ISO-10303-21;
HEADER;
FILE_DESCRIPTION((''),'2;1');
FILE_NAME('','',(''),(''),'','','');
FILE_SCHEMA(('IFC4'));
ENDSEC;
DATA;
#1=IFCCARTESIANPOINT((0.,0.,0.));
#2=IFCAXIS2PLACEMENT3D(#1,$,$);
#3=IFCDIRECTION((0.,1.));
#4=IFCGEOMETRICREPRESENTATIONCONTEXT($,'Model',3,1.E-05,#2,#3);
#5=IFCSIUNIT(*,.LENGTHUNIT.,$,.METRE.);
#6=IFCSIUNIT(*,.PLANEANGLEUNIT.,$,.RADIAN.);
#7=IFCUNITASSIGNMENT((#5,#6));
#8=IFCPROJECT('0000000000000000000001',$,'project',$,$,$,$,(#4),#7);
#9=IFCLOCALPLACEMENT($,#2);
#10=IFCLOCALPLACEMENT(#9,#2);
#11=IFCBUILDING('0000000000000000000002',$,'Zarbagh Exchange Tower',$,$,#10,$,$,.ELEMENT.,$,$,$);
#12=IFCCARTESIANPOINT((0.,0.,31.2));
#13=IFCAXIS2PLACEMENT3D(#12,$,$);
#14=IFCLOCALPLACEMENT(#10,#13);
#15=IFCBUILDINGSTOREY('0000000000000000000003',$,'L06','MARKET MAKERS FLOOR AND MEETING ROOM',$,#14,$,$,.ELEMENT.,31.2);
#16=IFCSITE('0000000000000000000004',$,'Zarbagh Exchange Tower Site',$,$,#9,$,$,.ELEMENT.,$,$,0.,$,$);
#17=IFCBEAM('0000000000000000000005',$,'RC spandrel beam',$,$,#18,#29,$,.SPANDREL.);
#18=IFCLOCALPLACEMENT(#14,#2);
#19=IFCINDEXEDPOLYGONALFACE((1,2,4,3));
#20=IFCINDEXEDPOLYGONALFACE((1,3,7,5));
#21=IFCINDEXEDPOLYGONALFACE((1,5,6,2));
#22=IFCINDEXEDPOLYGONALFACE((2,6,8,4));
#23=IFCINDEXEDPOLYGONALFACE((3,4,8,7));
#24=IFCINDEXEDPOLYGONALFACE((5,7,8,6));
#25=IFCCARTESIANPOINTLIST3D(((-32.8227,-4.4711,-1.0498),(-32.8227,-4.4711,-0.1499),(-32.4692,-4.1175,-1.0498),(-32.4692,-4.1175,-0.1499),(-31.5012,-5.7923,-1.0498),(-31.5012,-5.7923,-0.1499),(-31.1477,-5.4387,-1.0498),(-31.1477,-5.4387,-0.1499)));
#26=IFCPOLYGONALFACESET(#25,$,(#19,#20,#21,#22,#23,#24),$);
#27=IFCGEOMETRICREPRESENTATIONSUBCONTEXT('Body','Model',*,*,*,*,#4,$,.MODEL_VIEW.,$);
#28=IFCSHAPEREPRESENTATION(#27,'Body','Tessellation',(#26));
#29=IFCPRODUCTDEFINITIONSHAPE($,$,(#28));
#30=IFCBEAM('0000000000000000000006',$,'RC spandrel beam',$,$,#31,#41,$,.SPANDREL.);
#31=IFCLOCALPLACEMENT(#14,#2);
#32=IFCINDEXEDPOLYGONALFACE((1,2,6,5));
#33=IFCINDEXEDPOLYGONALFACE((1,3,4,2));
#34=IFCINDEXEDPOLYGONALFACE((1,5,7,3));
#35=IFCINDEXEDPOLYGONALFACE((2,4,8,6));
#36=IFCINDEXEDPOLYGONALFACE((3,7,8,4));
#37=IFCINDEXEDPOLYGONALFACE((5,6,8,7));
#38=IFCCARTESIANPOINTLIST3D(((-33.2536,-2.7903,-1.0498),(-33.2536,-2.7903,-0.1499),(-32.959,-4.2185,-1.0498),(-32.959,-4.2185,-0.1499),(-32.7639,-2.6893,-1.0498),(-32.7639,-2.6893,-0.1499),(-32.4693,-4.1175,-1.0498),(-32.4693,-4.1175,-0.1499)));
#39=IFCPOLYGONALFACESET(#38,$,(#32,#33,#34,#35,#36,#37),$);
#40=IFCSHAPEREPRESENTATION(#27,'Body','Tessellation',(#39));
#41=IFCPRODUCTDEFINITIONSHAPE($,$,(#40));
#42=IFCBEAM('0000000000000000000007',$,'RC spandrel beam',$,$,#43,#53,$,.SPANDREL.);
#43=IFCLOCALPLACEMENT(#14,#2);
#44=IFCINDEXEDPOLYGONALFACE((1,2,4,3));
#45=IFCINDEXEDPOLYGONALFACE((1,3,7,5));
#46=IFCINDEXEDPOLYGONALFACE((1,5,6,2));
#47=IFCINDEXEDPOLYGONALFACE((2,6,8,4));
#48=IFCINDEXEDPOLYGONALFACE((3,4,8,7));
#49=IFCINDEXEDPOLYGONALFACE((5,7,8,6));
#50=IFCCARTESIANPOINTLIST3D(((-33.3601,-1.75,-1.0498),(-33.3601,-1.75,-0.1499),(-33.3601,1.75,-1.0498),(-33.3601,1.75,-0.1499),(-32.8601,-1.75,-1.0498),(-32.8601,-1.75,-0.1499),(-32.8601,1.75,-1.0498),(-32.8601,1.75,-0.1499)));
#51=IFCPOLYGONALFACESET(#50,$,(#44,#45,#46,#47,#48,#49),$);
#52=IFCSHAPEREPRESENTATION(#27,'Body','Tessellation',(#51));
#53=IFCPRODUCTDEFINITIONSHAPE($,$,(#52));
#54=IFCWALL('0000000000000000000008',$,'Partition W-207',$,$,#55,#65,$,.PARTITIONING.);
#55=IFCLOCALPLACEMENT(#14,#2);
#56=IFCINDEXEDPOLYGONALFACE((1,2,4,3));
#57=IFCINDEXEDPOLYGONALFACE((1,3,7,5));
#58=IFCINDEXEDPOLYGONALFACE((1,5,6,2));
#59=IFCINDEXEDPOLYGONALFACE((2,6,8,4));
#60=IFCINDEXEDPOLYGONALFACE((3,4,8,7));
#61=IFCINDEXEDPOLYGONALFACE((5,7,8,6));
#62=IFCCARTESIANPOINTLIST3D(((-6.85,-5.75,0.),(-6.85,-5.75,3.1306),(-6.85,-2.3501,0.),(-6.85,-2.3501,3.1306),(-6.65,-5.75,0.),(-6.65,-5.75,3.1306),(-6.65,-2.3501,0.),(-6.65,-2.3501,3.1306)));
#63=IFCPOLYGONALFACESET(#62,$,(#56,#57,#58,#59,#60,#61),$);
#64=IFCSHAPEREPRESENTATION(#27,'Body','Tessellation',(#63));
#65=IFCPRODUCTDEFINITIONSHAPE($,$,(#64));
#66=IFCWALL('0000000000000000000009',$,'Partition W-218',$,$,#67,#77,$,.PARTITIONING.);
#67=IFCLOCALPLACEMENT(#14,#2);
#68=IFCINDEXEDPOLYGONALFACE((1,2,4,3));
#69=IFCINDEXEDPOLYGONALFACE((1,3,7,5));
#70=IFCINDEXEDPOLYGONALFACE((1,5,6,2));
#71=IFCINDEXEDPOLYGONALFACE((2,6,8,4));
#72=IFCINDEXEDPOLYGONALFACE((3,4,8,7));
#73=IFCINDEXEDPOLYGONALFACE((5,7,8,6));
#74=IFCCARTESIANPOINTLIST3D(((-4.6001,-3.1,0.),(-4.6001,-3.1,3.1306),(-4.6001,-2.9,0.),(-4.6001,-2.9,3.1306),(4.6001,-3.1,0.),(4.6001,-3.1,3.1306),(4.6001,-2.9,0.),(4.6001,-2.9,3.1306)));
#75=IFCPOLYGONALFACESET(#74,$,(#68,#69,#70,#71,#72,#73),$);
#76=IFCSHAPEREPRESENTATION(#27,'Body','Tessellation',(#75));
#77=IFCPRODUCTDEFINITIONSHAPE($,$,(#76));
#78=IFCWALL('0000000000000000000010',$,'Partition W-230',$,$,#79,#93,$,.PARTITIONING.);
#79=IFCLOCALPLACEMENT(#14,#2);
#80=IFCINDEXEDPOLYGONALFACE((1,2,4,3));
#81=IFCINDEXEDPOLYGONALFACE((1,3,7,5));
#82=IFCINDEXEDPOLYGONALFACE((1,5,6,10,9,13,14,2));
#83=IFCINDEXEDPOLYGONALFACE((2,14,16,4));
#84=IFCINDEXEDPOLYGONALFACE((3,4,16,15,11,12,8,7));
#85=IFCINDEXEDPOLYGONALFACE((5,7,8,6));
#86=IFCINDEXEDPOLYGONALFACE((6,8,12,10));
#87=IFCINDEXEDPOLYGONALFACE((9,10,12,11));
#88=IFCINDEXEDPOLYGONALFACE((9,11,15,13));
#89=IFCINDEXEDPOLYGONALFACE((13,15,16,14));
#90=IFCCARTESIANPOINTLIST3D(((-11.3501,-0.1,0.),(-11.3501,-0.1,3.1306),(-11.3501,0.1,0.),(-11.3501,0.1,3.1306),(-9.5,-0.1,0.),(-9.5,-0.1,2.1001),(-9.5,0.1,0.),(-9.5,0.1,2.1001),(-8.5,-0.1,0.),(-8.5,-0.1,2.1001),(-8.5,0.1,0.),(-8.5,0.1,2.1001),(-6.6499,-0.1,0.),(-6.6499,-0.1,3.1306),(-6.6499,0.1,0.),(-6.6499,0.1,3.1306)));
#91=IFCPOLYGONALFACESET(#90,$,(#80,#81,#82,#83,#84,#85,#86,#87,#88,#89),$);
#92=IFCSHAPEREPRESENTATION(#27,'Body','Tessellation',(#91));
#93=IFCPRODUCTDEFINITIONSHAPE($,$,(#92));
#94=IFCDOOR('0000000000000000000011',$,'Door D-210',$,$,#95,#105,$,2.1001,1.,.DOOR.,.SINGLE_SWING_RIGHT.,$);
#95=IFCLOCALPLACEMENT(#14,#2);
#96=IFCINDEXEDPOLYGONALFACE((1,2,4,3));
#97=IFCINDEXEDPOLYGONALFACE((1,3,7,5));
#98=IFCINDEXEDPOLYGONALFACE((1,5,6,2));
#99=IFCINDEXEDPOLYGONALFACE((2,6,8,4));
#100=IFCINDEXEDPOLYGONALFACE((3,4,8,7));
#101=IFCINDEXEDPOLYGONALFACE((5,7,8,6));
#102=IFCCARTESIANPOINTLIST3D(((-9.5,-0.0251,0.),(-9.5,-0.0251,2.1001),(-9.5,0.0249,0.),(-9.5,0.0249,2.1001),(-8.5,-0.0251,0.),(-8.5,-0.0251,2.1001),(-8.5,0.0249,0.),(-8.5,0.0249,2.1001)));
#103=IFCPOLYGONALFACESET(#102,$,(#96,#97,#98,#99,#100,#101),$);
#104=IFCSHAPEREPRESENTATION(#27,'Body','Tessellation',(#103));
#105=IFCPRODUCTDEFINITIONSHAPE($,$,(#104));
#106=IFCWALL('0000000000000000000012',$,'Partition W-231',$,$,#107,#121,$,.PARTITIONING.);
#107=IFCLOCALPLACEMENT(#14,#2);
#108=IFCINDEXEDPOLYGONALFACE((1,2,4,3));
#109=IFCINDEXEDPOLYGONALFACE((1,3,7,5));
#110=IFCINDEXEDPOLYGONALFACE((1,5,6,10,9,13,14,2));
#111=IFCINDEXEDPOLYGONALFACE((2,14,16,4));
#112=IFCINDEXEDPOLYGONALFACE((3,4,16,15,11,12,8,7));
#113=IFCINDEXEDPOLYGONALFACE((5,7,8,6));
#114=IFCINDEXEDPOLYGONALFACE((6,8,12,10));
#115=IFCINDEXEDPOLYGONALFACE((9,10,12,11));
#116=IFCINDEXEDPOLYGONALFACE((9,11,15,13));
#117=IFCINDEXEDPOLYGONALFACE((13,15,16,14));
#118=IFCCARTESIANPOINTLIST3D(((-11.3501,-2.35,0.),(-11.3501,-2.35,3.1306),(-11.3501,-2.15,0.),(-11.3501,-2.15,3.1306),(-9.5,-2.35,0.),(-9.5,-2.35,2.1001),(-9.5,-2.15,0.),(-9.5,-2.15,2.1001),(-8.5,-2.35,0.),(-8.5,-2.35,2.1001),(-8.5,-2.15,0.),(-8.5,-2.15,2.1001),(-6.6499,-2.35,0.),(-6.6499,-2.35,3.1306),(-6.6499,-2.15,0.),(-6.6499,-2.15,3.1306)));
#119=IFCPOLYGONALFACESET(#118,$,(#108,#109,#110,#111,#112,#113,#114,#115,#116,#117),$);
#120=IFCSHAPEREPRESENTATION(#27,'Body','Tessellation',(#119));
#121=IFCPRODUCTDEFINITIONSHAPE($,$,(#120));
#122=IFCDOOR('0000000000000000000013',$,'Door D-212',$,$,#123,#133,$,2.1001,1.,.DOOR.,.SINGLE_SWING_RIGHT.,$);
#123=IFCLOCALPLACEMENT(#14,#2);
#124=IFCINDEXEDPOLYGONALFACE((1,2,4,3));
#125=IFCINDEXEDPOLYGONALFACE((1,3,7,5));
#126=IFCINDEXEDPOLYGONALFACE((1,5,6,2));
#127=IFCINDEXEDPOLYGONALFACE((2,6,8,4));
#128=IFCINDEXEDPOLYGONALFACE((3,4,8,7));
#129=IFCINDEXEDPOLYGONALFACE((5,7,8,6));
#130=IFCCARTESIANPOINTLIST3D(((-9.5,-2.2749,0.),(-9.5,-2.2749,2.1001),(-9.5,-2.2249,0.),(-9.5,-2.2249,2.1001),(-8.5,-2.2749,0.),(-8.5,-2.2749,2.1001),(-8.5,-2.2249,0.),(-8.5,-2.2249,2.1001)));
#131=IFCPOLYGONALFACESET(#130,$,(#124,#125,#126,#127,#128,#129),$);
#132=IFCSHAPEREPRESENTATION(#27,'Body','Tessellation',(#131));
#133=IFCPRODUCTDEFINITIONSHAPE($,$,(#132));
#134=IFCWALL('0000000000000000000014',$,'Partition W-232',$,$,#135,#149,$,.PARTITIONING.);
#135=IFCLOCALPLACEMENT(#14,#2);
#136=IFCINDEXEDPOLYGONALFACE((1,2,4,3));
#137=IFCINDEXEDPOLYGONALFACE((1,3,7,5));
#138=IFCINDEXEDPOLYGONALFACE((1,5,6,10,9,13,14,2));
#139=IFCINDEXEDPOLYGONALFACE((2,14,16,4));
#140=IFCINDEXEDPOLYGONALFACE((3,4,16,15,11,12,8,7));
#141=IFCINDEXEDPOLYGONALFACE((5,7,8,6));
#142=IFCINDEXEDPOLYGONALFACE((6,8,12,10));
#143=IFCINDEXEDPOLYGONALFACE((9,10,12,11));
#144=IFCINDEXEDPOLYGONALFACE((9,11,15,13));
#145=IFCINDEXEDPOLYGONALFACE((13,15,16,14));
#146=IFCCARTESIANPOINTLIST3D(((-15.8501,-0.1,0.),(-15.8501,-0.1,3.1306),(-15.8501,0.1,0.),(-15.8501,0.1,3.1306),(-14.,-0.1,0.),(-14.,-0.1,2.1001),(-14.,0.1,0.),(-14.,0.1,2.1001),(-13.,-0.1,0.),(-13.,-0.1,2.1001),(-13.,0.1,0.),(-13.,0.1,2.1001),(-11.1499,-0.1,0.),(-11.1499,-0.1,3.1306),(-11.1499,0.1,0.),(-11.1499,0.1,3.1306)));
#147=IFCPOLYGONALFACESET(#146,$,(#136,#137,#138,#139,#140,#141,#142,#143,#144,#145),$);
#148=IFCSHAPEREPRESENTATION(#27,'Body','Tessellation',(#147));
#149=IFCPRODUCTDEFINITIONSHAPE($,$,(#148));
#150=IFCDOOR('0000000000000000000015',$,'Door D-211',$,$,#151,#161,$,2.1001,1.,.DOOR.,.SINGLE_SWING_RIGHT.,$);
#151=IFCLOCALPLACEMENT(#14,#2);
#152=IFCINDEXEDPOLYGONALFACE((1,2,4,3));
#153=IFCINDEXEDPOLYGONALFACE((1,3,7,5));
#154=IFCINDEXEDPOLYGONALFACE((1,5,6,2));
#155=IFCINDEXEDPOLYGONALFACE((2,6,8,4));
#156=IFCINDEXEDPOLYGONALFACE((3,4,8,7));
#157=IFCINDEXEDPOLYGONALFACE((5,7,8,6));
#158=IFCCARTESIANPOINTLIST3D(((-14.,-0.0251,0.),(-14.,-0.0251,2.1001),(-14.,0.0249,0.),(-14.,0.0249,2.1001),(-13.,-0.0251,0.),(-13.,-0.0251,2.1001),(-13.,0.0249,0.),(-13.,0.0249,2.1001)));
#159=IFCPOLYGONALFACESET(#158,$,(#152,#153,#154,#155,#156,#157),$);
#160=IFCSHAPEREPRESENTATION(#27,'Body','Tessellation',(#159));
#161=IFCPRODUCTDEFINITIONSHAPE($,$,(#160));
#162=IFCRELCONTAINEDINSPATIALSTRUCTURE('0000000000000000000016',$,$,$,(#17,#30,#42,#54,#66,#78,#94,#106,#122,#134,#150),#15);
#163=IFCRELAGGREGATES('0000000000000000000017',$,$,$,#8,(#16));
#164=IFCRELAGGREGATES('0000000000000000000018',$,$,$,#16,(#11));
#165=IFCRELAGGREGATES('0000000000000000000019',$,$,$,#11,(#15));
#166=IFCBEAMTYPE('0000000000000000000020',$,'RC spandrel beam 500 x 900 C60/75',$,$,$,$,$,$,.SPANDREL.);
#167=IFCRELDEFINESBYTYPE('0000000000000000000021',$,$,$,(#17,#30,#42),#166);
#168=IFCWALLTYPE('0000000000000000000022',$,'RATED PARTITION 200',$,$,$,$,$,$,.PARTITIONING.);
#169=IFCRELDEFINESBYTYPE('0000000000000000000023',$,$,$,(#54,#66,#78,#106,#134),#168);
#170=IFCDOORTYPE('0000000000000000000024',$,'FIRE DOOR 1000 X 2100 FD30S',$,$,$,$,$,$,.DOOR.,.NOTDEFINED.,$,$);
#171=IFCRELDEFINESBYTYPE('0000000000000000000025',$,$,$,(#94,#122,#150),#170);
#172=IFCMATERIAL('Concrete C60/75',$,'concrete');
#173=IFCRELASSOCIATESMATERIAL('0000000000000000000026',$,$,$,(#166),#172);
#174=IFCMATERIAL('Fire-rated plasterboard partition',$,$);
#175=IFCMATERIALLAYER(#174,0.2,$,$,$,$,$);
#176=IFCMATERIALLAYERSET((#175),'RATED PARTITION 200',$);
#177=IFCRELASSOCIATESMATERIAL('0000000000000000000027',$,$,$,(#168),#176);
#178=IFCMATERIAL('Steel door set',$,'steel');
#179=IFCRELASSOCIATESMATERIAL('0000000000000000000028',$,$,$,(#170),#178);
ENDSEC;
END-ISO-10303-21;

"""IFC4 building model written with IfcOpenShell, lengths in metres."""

from ifc_helpers import new_model, si_unit, direction, frame, frame_2d, origin, origin_2d, place, context, subcontext, project, spatial, rectangle, extrude, material, layer, layer_set, material_profile, profile_set, type_object, element, fill, save


model = new_model("IFC4")

# Units and contexts
model_context = context("Model", 3, precision=1e-05, world=origin(), true_north=direction((0.0, 1.0)))
body_context = subcontext(model_context, "Body", "Model", "MODEL_VIEW")
ifc_project = project(units=[si_unit("LENGTHUNIT", "METRE"), si_unit("PLANEANGLEUNIT", "RADIAN")], contexts=[model_context])

# Site, building, storey
site_placement = place(None, origin())
site = spatial("IfcSite", under=ifc_project, at=site_placement, Name="Zarbagh Exchange Tower Site", CompositionType="ELEMENT", RefElevation=0.0)
building_placement = place(site_placement, origin())
building = spatial("IfcBuilding", under=site, at=building_placement, Name="Zarbagh Exchange Tower", CompositionType="ELEMENT")
storey_placement = place(building_placement, frame((0.0, 0.0, 31.2)))
storey = spatial("IfcBuildingStorey", under=building, at=storey_placement, Name="L06", Description="MARKET MAKERS FLOOR AND MEETING ROOM", CompositionType="ELEMENT", Elevation=31.2)

# Shared definitions
ifc_material_1 = material(Name="Concrete C60/75", Category="concrete")

# Beams
ifc_material_profile_1 = material_profile(ifc_material_1, rectangle(XDim=0.5, YDim=0.8999, at=origin_2d()), Name="RC spandrel beam 500 x 900 C60/75")
ifc_profile_set_1 = profile_set([ifc_material_profile_1], Name="Concrete C60/75")
beam_type_1 = type_object("IfcBeamType", Name="RC spandrel beam 500 x 900 C60/75", PredefinedType="SPANDREL", material=ifc_profile_set_1)
beam_1_placement = place(storey_placement, frame((-31.3245, -5.6155, -0.5999), z_axis=(-0.707172, 0.707041, 0.0), x_axis=(-0.707041, -0.707172, 0.0)))
element("IfcBeam", 1, at=beam_1_placement, inside=storey, type_object=beam_type_1, Name="RC spandrel beam", PredefinedType="SPANDREL", context=body_context, shape_type="SweptSolid", body=[
    extrude(rectangle(XDim=0.5, YDim=0.8999, at=origin_2d()), origin(), (0.0, 0.0, 1.0), 1.8687),
])
beam_2_placement = place(storey_placement, frame((-32.7141, -4.168, -0.5999), z_axis=(-0.202069, 0.979371, 0.0), x_axis=(-0.979371, -0.202069, 0.0)))
element("IfcBeam", 2, at=beam_2_placement, inside=storey, type_object=beam_type_1, Name="RC spandrel beam", PredefinedType="SPANDREL", context=body_context, shape_type="SweptSolid", body=[
    extrude(rectangle(XDim=0.5, YDim=0.8999, at=origin_2d()), origin(), (0.0, 0.0, 1.0), 1.4583),
])
beam_3_placement = place(storey_placement, frame((-33.1101, -1.75, -0.5999), z_axis=(0.0, 1.0, 0.0), x_axis=(-1.0, 0.0, 0.0)))
element("IfcBeam", 3, at=beam_3_placement, inside=storey, type_object=beam_type_1, Name="RC spandrel beam", PredefinedType="SPANDREL", context=body_context, shape_type="SweptSolid", body=[
    extrude(rectangle(XDim=0.5, YDim=0.8999, at=origin_2d()), origin(), (0.0, 0.0, 1.0), 3.5),
])

# Walls
ifc_material_2 = material(Name="Fire-rated plasterboard partition")
ifc_layer = layer(ifc_material_2, 0.2)
ifc_layer_set = layer_set([ifc_layer], Name="RATED PARTITION 200")
wall_type = type_object("IfcWallType", Name="RATED PARTITION 200", PredefinedType="PARTITIONING", material=ifc_layer_set)
wall_1_placement = place(storey_placement, frame((-6.75, -5.75, 0.0), z_axis=(0.0, 0.0, 1.0), x_axis=(0.0, 1.0, 0.0)))
element("IfcWall", 4, at=wall_1_placement, inside=storey, type_object=wall_type, Name="Partition W-207", PredefinedType="PARTITIONING", context=body_context, shape_type="SweptSolid", body=[
    extrude(rectangle(XDim=3.3999, YDim=0.2, at=frame_2d((1.7, 0.0))), origin(), (0.0, 0.0, 1.0), 3.1306),
])
wall_2_placement = place(storey_placement, frame((-4.6001, -3.0, 0.0), z_axis=(0.0, 0.0, 1.0), x_axis=(1.0, 0.0, 0.0)))
element("IfcWall", 5, at=wall_2_placement, inside=storey, type_object=wall_type, Name="Partition W-218", PredefinedType="PARTITIONING", context=body_context, shape_type="SweptSolid", body=[
    extrude(rectangle(XDim=9.2002, YDim=0.2, at=frame_2d((4.6001, 0.0))), origin(), (0.0, 0.0, 1.0), 3.1306),
])

# Walls, openings, doors
wall_3_placement = place(storey_placement, frame((-11.3501, 0.0, 0.0), z_axis=(0.0, 0.0, 1.0), x_axis=(1.0, 0.0, 0.0)))
wall_3 = element("IfcWall", 6, at=wall_3_placement, inside=storey, type_object=wall_type, Name="Partition W-230", PredefinedType="PARTITIONING", context=body_context, shape_type="SweptSolid", body=[
    extrude(rectangle(XDim=4.7002, YDim=0.2, at=frame_2d((2.3501, 0.0))), origin(), (0.0, 0.0, 1.0), 3.1306),
])
opening_1_placement = place(wall_3_placement, frame((1.8501, 0.0, 0.0)))
opening_1 = element("IfcOpeningElement", 7, at=opening_1_placement, cuts=wall_3, PredefinedType="OPENING", context=body_context, shape_type="SweptSolid", body=[
    extrude(rectangle(XDim=1.0, YDim=2.1001, at=frame_2d((0.5, 1.05))), frame((0.0, 0.1099, 0.0), z_axis=(0.0, -1.0, 0.0), x_axis=(1.0, 0.0, 0.0)), (0.0, 0.0, 1.0), 0.22),
])
ifc_material_3 = material(Name="Steel door set", Category="steel")
door_type = type_object("IfcDoorType", Name="FIRE DOOR 1000 X 2100 FD30S", OperationType="NOTDEFINED", PredefinedType="DOOR", material=ifc_material_3)
door_1_placement = place(opening_1_placement, origin())
door_1 = element("IfcDoor", 8, at=door_1_placement, inside=storey, type_object=door_type, Name="Door D-210", OperationType="SINGLE_SWING_RIGHT", OverallHeight=2.1001, OverallWidth=1.0, PredefinedType="DOOR", context=body_context, shape_type="SweptSolid", body=[
    extrude(rectangle(XDim=1.0, YDim=2.1001, at=frame_2d((0.5, 1.05))), frame((0.0, 0.0249, 0.0), z_axis=(0.0, -1.0, 0.0), x_axis=(1.0, 0.0, 0.0)), (0.0, 0.0, 1.0), 0.05),
])
fill(opening_1, door_1)
wall_4_placement = place(storey_placement, frame((-6.6499, -2.25, 0.0), z_axis=(0.0, 0.0, 1.0), x_axis=(-1.0, 0.0, 0.0)))
wall_4 = element("IfcWall", 9, at=wall_4_placement, inside=storey, type_object=wall_type, Name="Partition W-231", PredefinedType="PARTITIONING", context=body_context, shape_type="SweptSolid", body=[
    extrude(rectangle(XDim=4.7002, YDim=0.2, at=frame_2d((2.3501, 0.0))), origin(), (0.0, 0.0, 1.0), 3.1306),
])
opening_2_placement = place(wall_4_placement, frame((1.8501, 0.0, 0.0)))
opening_2 = element("IfcOpeningElement", 10, at=opening_2_placement, cuts=wall_4, PredefinedType="OPENING", context=body_context, shape_type="SweptSolid", body=[
    extrude(rectangle(XDim=1.0, YDim=2.1001, at=frame_2d((0.5, 1.05))), frame((0.0, 0.1099, 0.0), z_axis=(0.0, -1.0, 0.0), x_axis=(1.0, 0.0, 0.0)), (0.0, 0.0, 1.0), 0.22),
])
door_2_placement = place(opening_2_placement, origin())
door_2 = element("IfcDoor", 11, at=door_2_placement, inside=storey, type_object=door_type, Name="Door D-212", OperationType="SINGLE_SWING_RIGHT", OverallHeight=2.1001, OverallWidth=1.0, PredefinedType="DOOR", context=body_context, shape_type="SweptSolid", body=[
    extrude(rectangle(XDim=1.0, YDim=2.1001, at=frame_2d((0.5, 1.05))), frame((0.0, 0.0249, 0.0), z_axis=(0.0, -1.0, 0.0), x_axis=(1.0, 0.0, 0.0)), (0.0, 0.0, 1.0), 0.05),
])
fill(opening_2, door_2)
wall_5_placement = place(storey_placement, frame((-15.8501, 0.0, 0.0), z_axis=(0.0, 0.0, 1.0), x_axis=(1.0, 0.0, 0.0)))
wall_5 = element("IfcWall", 12, at=wall_5_placement, inside=storey, type_object=wall_type, Name="Partition W-232", PredefinedType="PARTITIONING", context=body_context, shape_type="SweptSolid", body=[
    extrude(rectangle(XDim=4.7002, YDim=0.2, at=frame_2d((2.3501, 0.0))), origin(), (0.0, 0.0, 1.0), 3.1306),
])
opening_3_placement = place(wall_5_placement, frame((1.8501, 0.0, 0.0)))
opening_3 = element("IfcOpeningElement", 13, at=opening_3_placement, cuts=wall_5, PredefinedType="OPENING", context=body_context, shape_type="SweptSolid", body=[
    extrude(rectangle(XDim=1.0, YDim=2.1001, at=frame_2d((0.5, 1.05))), frame((0.0, 0.1099, 0.0), z_axis=(0.0, -1.0, 0.0), x_axis=(1.0, 0.0, 0.0)), (0.0, 0.0, 1.0), 0.22),
])
door_3_placement = place(opening_3_placement, origin())
door_3 = element("IfcDoor", 14, at=door_3_placement, inside=storey, type_object=door_type, Name="Door D-211", OperationType="SINGLE_SWING_RIGHT", OverallHeight=2.1001, OverallWidth=1.0, PredefinedType="DOOR", context=body_context, shape_type="SweptSolid", body=[
    extrude(rectangle(XDim=1.0, YDim=2.1001, at=frame_2d((0.5, 1.05))), frame((0.0, 0.0249, 0.0), z_axis=(0.0, -1.0, 0.0), x_axis=(1.0, 0.0, 0.0)), (0.0, 0.0, 1.0), 0.05),
])
fill(opening_3, door_3)

save(model, "model.ifc")
